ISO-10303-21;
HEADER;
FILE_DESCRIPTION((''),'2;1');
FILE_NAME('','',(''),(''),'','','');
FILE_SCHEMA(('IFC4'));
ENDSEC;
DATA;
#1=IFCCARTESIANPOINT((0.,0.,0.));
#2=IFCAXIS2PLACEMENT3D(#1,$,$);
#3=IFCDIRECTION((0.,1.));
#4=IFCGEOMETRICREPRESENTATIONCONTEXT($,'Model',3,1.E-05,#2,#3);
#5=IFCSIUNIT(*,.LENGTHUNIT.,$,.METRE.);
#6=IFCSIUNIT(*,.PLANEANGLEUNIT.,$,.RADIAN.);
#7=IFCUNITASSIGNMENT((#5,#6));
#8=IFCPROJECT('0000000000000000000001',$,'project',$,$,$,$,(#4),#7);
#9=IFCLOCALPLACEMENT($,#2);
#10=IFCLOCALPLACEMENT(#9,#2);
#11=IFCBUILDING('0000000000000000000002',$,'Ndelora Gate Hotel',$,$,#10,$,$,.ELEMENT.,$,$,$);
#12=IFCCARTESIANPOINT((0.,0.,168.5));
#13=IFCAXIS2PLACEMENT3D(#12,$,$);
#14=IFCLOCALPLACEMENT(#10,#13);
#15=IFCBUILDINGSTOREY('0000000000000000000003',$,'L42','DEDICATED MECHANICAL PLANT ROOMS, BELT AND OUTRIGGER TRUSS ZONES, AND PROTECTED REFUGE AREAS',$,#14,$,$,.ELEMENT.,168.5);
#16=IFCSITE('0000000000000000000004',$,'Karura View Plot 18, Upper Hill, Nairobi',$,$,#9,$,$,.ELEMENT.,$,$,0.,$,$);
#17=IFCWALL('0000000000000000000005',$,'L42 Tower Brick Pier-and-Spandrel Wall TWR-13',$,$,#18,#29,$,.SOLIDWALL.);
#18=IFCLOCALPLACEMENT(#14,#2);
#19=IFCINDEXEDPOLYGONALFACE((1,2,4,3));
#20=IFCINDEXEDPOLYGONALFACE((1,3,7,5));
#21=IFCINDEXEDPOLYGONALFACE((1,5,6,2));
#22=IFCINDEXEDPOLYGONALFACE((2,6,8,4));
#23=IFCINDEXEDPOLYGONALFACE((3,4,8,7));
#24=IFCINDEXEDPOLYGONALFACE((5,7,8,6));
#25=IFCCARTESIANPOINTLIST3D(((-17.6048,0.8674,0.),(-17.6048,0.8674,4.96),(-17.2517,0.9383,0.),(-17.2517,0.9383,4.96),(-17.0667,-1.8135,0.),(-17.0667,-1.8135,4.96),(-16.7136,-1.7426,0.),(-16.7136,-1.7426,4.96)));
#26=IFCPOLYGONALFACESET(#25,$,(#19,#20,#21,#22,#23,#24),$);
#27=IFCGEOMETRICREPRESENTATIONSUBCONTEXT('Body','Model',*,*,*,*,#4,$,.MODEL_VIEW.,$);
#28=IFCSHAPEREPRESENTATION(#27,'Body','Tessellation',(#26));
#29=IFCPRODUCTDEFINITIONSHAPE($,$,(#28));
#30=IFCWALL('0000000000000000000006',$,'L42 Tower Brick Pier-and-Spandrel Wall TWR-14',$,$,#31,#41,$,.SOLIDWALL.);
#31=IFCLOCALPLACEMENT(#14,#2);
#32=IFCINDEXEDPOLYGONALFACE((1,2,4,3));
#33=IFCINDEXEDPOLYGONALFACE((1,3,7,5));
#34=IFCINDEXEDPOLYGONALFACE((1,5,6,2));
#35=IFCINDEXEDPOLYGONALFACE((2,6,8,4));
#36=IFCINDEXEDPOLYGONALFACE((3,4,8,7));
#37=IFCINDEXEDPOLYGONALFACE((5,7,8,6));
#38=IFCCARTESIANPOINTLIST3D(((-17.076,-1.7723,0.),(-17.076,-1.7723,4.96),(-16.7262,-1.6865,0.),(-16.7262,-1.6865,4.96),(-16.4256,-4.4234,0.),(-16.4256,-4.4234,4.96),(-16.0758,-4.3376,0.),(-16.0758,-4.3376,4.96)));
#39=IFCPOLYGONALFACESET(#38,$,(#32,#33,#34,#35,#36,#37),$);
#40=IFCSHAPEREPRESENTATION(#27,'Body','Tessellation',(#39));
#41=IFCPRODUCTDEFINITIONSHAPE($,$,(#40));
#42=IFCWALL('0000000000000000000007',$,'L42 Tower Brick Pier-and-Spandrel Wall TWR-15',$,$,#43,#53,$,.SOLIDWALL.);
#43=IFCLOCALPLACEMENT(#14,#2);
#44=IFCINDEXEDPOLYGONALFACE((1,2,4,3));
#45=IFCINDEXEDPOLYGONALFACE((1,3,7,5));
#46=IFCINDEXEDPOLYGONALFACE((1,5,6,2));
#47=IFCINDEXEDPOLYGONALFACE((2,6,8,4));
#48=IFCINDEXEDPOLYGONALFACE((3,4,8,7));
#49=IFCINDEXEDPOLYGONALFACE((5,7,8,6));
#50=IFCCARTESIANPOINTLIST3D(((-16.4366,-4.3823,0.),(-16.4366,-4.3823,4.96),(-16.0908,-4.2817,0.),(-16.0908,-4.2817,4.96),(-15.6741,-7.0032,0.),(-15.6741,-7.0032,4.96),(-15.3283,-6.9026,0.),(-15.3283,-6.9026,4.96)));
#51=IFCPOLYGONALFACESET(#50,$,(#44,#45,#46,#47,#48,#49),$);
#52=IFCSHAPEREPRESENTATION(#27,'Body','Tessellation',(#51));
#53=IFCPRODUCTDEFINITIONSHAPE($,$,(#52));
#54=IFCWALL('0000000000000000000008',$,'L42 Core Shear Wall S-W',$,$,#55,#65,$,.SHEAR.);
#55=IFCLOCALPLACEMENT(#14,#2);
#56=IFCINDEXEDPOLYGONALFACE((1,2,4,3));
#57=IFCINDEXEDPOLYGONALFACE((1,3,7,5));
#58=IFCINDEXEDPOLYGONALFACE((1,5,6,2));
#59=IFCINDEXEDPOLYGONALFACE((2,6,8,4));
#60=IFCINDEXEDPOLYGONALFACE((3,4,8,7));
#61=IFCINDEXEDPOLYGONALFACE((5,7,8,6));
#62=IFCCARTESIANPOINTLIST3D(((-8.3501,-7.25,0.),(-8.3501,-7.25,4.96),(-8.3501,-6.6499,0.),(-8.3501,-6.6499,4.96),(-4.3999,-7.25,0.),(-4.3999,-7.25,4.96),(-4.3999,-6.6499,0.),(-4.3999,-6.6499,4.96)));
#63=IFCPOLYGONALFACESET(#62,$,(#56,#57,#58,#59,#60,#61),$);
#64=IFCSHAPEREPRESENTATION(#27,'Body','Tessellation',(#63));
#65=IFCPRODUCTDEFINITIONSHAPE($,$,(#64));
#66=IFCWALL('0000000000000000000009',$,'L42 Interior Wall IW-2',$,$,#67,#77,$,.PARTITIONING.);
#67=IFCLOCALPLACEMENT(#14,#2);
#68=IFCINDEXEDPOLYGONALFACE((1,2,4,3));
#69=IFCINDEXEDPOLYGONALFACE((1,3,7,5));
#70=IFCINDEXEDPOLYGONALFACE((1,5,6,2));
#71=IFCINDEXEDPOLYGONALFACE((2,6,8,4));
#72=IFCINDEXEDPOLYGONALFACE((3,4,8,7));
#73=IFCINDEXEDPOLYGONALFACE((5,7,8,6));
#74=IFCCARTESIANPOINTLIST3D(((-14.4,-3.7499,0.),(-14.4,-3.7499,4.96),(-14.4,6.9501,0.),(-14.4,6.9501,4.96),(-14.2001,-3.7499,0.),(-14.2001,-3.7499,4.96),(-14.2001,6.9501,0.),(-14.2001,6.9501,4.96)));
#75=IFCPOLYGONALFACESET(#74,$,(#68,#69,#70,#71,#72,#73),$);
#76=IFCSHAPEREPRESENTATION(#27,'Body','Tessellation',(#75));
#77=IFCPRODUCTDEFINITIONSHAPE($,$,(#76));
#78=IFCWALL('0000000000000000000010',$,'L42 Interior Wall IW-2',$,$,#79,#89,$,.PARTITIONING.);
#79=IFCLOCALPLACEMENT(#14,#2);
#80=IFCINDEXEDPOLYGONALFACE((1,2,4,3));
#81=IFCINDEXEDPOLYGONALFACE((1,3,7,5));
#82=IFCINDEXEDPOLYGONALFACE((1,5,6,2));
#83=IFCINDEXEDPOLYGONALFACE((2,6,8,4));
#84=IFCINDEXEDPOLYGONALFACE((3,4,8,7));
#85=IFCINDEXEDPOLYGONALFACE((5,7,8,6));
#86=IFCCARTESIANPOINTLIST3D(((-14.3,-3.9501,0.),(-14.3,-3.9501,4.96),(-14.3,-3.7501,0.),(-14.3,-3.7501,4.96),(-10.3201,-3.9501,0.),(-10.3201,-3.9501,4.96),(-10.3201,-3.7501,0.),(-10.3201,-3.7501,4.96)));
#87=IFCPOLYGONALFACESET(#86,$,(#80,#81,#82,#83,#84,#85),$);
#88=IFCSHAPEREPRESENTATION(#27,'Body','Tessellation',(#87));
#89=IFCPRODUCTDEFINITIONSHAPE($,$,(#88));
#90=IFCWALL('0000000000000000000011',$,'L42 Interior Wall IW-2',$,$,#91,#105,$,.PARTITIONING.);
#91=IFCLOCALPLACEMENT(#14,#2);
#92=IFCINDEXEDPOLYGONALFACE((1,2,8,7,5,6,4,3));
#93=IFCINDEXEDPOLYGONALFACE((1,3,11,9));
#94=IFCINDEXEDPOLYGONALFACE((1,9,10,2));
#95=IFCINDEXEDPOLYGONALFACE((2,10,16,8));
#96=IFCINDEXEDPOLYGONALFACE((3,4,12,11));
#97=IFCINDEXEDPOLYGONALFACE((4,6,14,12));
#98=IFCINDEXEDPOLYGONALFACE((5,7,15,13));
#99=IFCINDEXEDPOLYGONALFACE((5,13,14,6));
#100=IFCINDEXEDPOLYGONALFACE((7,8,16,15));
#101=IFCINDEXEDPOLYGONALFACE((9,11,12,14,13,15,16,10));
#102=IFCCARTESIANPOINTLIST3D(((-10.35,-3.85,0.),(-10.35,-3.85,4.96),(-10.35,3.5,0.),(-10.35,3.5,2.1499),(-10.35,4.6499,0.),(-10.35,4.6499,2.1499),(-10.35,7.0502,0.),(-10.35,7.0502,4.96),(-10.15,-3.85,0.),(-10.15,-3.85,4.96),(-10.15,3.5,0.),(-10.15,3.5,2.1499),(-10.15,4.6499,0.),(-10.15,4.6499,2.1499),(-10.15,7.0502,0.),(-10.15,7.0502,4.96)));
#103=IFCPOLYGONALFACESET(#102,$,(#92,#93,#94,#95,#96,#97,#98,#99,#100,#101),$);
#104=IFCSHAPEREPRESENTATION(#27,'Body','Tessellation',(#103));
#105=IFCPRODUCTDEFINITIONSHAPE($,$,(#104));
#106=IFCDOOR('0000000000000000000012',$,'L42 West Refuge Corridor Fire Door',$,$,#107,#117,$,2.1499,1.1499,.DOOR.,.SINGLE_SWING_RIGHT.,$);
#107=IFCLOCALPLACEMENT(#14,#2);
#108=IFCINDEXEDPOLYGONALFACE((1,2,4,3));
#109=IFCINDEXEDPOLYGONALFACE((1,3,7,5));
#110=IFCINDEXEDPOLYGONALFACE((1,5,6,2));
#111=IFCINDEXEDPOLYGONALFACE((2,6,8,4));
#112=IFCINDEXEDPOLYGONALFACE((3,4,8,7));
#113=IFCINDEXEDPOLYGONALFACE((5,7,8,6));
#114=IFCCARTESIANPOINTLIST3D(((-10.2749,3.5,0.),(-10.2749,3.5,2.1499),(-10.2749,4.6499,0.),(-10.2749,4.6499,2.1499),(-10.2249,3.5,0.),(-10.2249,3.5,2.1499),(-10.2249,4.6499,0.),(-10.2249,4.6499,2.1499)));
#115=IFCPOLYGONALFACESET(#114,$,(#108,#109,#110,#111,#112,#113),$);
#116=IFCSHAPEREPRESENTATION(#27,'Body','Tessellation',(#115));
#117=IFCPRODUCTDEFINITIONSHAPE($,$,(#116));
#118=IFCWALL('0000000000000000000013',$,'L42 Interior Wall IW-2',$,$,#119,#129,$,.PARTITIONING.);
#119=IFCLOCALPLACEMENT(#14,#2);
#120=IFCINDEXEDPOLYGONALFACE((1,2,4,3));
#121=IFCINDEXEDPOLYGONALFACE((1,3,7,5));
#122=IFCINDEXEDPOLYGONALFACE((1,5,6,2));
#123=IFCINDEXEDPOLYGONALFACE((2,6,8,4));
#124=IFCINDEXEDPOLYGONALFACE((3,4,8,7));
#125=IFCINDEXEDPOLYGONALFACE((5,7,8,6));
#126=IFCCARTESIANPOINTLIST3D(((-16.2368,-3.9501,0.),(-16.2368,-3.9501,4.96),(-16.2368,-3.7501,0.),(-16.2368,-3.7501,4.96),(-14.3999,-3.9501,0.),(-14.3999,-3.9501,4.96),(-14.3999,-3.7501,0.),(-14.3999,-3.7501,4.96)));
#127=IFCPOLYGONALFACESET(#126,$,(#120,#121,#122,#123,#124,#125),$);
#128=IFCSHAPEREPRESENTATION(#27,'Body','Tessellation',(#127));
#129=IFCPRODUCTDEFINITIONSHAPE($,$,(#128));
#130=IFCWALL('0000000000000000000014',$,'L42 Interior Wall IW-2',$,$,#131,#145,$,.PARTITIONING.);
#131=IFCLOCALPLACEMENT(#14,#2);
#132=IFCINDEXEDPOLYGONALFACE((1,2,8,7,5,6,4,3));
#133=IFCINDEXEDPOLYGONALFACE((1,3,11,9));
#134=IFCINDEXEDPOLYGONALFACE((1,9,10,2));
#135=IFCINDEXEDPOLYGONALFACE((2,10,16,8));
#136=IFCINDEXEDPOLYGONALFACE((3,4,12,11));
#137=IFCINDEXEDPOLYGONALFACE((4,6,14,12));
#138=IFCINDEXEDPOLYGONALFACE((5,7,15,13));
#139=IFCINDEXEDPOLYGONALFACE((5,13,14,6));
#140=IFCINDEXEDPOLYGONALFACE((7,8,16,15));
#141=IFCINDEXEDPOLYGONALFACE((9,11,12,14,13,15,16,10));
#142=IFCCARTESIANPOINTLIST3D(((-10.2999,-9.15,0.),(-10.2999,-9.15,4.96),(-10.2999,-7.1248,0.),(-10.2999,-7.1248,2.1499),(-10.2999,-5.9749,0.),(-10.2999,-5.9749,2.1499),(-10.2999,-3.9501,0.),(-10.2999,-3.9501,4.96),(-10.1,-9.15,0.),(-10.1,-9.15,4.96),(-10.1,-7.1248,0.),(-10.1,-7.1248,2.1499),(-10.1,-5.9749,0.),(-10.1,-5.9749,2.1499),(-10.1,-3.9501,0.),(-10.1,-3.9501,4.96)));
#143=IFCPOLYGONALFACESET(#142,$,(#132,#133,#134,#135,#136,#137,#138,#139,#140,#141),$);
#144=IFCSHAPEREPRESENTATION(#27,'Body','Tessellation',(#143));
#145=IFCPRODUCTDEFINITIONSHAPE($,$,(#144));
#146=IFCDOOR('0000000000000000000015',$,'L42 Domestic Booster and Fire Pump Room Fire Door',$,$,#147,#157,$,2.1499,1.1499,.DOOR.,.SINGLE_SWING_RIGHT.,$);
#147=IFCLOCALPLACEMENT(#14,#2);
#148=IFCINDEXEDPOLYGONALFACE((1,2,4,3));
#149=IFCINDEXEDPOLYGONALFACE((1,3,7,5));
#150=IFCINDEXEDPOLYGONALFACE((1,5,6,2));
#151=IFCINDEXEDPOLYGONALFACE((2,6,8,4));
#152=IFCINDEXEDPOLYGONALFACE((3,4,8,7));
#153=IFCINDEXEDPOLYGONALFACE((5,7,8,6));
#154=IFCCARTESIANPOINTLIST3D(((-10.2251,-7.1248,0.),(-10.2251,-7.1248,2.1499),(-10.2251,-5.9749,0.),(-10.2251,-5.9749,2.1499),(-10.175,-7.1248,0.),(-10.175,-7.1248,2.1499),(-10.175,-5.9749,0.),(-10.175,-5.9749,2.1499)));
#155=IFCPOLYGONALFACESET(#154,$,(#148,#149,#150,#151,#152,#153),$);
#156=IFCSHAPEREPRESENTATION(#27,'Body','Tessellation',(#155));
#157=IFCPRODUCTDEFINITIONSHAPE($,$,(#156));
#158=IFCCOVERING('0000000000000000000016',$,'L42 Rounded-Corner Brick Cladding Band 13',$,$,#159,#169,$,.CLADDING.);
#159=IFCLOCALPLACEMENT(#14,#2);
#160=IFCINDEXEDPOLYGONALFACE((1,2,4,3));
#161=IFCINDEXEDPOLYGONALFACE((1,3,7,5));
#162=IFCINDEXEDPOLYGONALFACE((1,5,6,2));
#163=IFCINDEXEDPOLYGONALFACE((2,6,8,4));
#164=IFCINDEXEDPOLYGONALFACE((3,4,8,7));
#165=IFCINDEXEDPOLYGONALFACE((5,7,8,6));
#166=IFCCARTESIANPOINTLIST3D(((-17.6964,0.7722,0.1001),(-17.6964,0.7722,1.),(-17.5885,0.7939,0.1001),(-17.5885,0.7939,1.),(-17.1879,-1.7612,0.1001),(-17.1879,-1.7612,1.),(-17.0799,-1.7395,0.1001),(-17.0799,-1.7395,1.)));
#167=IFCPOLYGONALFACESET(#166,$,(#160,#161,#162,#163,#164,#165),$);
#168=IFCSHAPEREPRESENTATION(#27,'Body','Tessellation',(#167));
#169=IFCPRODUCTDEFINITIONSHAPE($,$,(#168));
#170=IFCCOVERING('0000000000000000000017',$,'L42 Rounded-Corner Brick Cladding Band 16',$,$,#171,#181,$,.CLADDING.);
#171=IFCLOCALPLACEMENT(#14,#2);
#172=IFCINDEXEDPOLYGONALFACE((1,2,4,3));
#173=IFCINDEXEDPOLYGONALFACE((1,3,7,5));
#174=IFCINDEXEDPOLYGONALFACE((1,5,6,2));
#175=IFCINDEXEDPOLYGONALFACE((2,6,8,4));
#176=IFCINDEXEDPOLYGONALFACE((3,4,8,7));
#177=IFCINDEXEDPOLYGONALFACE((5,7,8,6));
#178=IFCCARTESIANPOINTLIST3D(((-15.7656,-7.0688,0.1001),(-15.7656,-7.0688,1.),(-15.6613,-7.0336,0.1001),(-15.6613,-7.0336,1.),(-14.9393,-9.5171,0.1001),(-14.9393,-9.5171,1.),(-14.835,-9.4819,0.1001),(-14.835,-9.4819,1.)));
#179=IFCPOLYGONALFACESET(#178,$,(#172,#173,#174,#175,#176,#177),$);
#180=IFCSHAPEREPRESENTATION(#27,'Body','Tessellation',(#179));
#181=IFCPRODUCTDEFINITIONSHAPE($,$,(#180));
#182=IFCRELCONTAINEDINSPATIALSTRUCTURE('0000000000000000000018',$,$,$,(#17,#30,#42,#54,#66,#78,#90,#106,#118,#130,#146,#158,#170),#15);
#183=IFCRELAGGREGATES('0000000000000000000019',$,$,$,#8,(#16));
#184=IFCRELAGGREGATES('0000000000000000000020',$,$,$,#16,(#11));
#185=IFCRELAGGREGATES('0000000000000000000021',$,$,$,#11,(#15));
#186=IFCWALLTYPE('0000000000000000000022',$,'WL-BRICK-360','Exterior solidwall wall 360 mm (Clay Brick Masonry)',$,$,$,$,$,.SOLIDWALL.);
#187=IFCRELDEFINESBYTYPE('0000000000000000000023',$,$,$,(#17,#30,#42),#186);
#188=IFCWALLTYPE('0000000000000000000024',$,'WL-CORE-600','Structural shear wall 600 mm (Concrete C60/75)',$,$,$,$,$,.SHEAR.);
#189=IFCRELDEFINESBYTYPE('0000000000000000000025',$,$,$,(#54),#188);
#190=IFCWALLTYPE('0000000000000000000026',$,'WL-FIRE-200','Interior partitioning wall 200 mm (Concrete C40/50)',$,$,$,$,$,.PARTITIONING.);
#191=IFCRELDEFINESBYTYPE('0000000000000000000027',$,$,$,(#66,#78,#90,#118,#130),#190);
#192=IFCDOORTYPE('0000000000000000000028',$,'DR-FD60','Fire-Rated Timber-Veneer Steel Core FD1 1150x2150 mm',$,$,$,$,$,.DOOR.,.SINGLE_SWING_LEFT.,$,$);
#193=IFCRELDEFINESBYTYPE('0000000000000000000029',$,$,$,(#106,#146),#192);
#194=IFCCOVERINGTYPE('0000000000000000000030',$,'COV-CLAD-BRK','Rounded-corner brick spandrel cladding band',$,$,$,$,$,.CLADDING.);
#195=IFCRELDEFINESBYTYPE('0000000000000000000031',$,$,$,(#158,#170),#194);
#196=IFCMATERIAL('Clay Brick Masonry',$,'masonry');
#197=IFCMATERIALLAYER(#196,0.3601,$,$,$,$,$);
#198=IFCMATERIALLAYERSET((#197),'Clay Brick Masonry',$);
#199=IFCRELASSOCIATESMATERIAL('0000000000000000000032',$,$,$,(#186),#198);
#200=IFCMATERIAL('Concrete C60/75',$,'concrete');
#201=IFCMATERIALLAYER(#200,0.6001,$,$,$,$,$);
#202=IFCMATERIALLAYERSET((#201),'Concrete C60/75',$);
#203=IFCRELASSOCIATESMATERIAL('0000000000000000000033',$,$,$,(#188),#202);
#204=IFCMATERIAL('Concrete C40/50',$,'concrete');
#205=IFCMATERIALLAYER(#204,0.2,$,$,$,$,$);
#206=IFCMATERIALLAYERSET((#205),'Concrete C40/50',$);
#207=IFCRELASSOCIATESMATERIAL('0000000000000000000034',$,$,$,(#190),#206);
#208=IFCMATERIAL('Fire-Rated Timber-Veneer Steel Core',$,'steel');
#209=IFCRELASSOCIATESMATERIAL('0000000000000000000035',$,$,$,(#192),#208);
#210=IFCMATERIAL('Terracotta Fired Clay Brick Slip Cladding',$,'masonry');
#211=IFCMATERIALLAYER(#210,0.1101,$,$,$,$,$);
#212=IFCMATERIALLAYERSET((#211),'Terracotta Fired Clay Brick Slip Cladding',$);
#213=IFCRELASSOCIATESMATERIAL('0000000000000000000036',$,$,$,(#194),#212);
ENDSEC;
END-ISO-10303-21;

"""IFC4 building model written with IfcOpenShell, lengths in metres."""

from ifc_helpers import new_model, si_unit, direction, frame, frame_2d, origin, origin_2d, place, context, subcontext, project, spatial, rectangle, extrude, material, layer, layer_set, type_object, element, fill, save


model = new_model("IFC4")

# Units and contexts
model_context = context("Model", 3, precision=1e-05, world=origin(), true_north=direction((0.0, 1.0)))
body_context = subcontext(model_context, "Body", "Model", "MODEL_VIEW")
ifc_project = project(units=[si_unit("LENGTHUNIT", "METRE"), si_unit("PLANEANGLEUNIT", "RADIAN")], contexts=[model_context])

# Site, building, storey
site_placement = place(None, origin())
site = spatial("IfcSite", under=ifc_project, at=site_placement, Name="Karura View Plot 18, Upper Hill, Nairobi", CompositionType="ELEMENT", RefElevation=0.0)
building_placement = place(site_placement, origin())
building = spatial("IfcBuilding", under=site, at=building_placement, Name="Ndelora Gate Hotel", CompositionType="ELEMENT")
storey_placement = place(building_placement, frame((0.0, 0.0, 168.5)))
storey = spatial("IfcBuildingStorey", under=building, at=storey_placement, Name="L42", Description="DEDICATED MECHANICAL PLANT ROOMS, BELT AND OUTRIGGER TRUSS ZONES, AND PROTECTED REFUGE AREAS", CompositionType="ELEMENT", Elevation=168.5)

# Shared definitions
ifc_material_1 = material(Name="Concrete C60/75", Category="concrete")

# Walls
ifc_material_2 = material(Name="Clay Brick Masonry", Category="masonry")
ifc_layer_1 = layer(ifc_material_2, 0.3601)
ifc_layer_set_1 = layer_set([ifc_layer_1], Name="Clay Brick Masonry")
wall_type_1 = type_object("IfcWallType", Name="WL-BRICK-360", Description="Exterior solidwall wall 360 mm (Clay Brick Masonry)", PredefinedType="SOLIDWALL", material=ifc_layer_set_1)
wall_1_placement = place(storey_placement, frame((-16.8901, -1.7781, 0.0), z_axis=(0.0, 0.0, 1.0), x_axis=(-0.196786, 0.980447, 0.0)))
element("IfcWall", 1, at=wall_1_placement, inside=storey, type_object=wall_type_1, Name="L42 Tower Brick Pier-and-Spandrel Wall TWR-13", PredefinedType="SOLIDWALL", context=body_context, shape_type="SweptSolid", body=[
    extrude(rectangle(XDim=2.7344, YDim=0.3601, at=frame_2d((1.3672, 0.0))), origin(), (0.0, 0.0, 1.0), 4.96),
])
wall_2_placement = place(storey_placement, frame((-16.2507, -4.3804, 0.0), z_axis=(0.0, 0.0, 1.0), x_axis=(-0.238261, 0.971201, 0.0)))
element("IfcWall", 2, at=wall_2_placement, inside=storey, type_object=wall_type_1, Name="L42 Tower Brick Pier-and-Spandrel Wall TWR-14", PredefinedType="SOLIDWALL", context=body_context, shape_type="SweptSolid", body=[
    extrude(rectangle(XDim=2.7297, YDim=0.3601, at=frame_2d((1.3647, 0.0))), origin(), (0.0, 0.0, 1.0), 4.96),
])
wall_3_placement = place(storey_placement, frame((-15.5012, -6.9529, 0.0), z_axis=(0.0, 0.0, 1.0), x_axis=(-0.279337, 0.960193, 0.0)))
element("IfcWall", 3, at=wall_3_placement, inside=storey, type_object=wall_type_1, Name="L42 Tower Brick Pier-and-Spandrel Wall TWR-15", PredefinedType="SOLIDWALL", context=body_context, shape_type="SweptSolid", body=[
    extrude(rectangle(XDim=2.7295, YDim=0.3601, at=frame_2d((1.3647, 0.0))), origin(), (0.0, 0.0, 1.0), 4.96),
])
ifc_layer_2 = layer(ifc_material_1, 0.6001)
ifc_layer_set_2 = layer_set([ifc_layer_2], Name="Concrete C60/75")
wall_type_2 = type_object("IfcWallType", Name="WL-CORE-600", Description="Structural shear wall 600 mm (Concrete C60/75)", PredefinedType="SHEAR", material=ifc_layer_set_2)
wall_4_placement = place(storey_placement, frame((-8.3501, -6.95, 0.0), z_axis=(0.0, 0.0, 1.0), x_axis=(1.0, 0.0, 0.0)))
element("IfcWall", 4, at=wall_4_placement, inside=storey, type_object=wall_type_2, Name="L42 Core Shear Wall S-W", PredefinedType="SHEAR", context=body_context, shape_type="SweptSolid", body=[
    extrude(rectangle(XDim=3.9502, YDim=0.6001, at=frame_2d((1.9751, 0.0))), origin(), (0.0, 0.0, 1.0), 4.96),
])
ifc_material_3 = material(Name="Concrete C40/50", Category="concrete")
ifc_layer_3 = layer(ifc_material_3, 0.2)
ifc_layer_set_3 = layer_set([ifc_layer_3], Name="Concrete C40/50")
wall_type_3 = type_object("IfcWallType", Name="WL-FIRE-200", Description="Interior partitioning wall 200 mm (Concrete C40/50)", PredefinedType="PARTITIONING", material=ifc_layer_set_3)
wall_5_placement = place(storey_placement, frame((-14.3, -3.75, 0.0), z_axis=(0.0, 0.0, 1.0), x_axis=(0.0, 1.0, 0.0)))
element("IfcWall", 5, at=wall_5_placement, inside=storey, type_object=wall_type_3, Name="L42 Interior Wall IW-2", PredefinedType="PARTITIONING", context=body_context, shape_type="SweptSolid", body=[
    extrude(rectangle(XDim=10.7, YDim=0.2, at=frame_2d((5.3501, 0.0))), origin(), (0.0, 0.0, 1.0), 4.96),
])
wall_6_placement = place(storey_placement, frame((-14.3, -3.8501, 0.0), z_axis=(0.0, 0.0, 1.0), x_axis=(1.0, 0.0, 0.0)))
element("IfcWall", 6, at=wall_6_placement, inside=storey, type_object=wall_type_3, Name="L42 Interior Wall IW-2", PredefinedType="PARTITIONING", context=body_context, shape_type="SweptSolid", body=[
    extrude(rectangle(XDim=3.98, YDim=0.2, at=frame_2d((1.99, 0.0))), origin(), (0.0, 0.0, 1.0), 4.96),
])

# Wall, opening, door
wall_7_placement = place(storey_placement, frame((-10.25, -3.8501, 0.0), z_axis=(0.0, 0.0, 1.0), x_axis=(0.0, 1.0, 0.0)))
wall_7 = element("IfcWall", 7, at=wall_7_placement, inside=storey, type_object=wall_type_3, Name="L42 Interior Wall IW-2", PredefinedType="PARTITIONING", context=body_context, shape_type="SweptSolid", body=[
    extrude(rectangle(XDim=10.9001, YDim=0.2, at=frame_2d((5.4502, 0.0))), origin(), (0.0, 0.0, 1.0), 4.96),
])
opening_1_placement = place(wall_7_placement, frame((7.3501, 0.0, 0.0)))
opening_1 = element("IfcOpeningElement", 8, at=opening_1_placement, cuts=wall_7, PredefinedType="OPENING", context=body_context, shape_type="SweptSolid", body=[
    extrude(rectangle(XDim=1.1499, YDim=2.1499, at=frame_2d((0.575, 1.075))), frame((0.0, 0.1099, 0.0), z_axis=(0.0, -1.0, 0.0), x_axis=(1.0, 0.0, 0.0)), (0.0, 0.0, 1.0), 0.22),
])
ifc_material_4 = material(Name="Fire-Rated Timber-Veneer Steel Core", Category="steel")
door_type = type_object("IfcDoorType", Name="DR-FD60", Description="Fire-Rated Timber-Veneer Steel Core FD1 1150x2150 mm", OperationType="SINGLE_SWING_LEFT", PredefinedType="DOOR", material=ifc_material_4)
door_1_placement = place(opening_1_placement, origin())
door_1 = element("IfcDoor", 9, at=door_1_placement, inside=storey, type_object=door_type, Name="L42 West Refuge Corridor Fire Door", OperationType="SINGLE_SWING_RIGHT", OverallHeight=2.1499, OverallWidth=1.1499, PredefinedType="DOOR", context=body_context, shape_type="SweptSolid", body=[
    extrude(rectangle(XDim=1.1499, YDim=2.1499, at=frame_2d((0.575, 1.075))), frame((0.0, 0.0249, 0.0), z_axis=(0.0, -1.0, 0.0), x_axis=(1.0, 0.0, 0.0)), (0.0, 0.0, 1.0), 0.05),
])
fill(opening_1, door_1)

# Wall
wall_8_placement = place(storey_placement, frame((-14.3999, -3.8501, 0.0), z_axis=(0.0, 0.0, 1.0), x_axis=(-1.0, 0.0, 0.0)))
element("IfcWall", 10, at=wall_8_placement, inside=storey, type_object=wall_type_3, Name="L42 Interior Wall IW-2", PredefinedType="PARTITIONING", context=body_context, shape_type="SweptSolid", body=[
    extrude(rectangle(XDim=1.8369, YDim=0.2, at=frame_2d((0.9185, 0.0))), origin(), (0.0, 0.0, 1.0), 4.96),
])

# Wall, opening, door
wall_9_placement = place(storey_placement, frame((-10.2, -3.95, 0.0), z_axis=(0.0, 0.0, 1.0), x_axis=(0.0, -1.0, 0.0)))
wall_9 = element("IfcWall", 11, at=wall_9_placement, inside=storey, type_object=wall_type_3, Name="L42 Interior Wall IW-2", PredefinedType="PARTITIONING", context=body_context, shape_type="SweptSolid", body=[
    extrude(rectangle(XDim=5.2, YDim=0.2, at=frame_2d((2.6001, 0.0))), origin(), (0.0, 0.0, 1.0), 4.96),
])
opening_2_placement = place(wall_9_placement, frame((2.0249, 0.0, 0.0)))
opening_2 = element("IfcOpeningElement", 12, at=opening_2_placement, cuts=wall_9, PredefinedType="OPENING", context=body_context, shape_type="SweptSolid", body=[
    extrude(rectangle(XDim=1.1499, YDim=2.1499, at=frame_2d((0.575, 1.075))), frame((0.0, 0.1099, 0.0), z_axis=(0.0, -1.0, 0.0), x_axis=(1.0, 0.0, 0.0)), (0.0, 0.0, 1.0), 0.22),
])
door_2_placement = place(opening_2_placement, origin())
door_2 = element("IfcDoor", 13, at=door_2_placement, inside=storey, type_object=door_type, Name="L42 Domestic Booster and Fire Pump Room Fire Door", OperationType="SINGLE_SWING_RIGHT", OverallHeight=2.1499, OverallWidth=1.1499, PredefinedType="DOOR", context=body_context, shape_type="SweptSolid", body=[
    extrude(rectangle(XDim=1.1499, YDim=2.1499, at=frame_2d((0.575, 1.075))), frame((0.0, 0.0249, 0.0), z_axis=(0.0, -1.0, 0.0), x_axis=(1.0, 0.0, 0.0)), (0.0, 0.0, 1.0), 0.05),
])
fill(opening_2, door_2)

# Coverings
ifc_material_5 = material(Name="Terracotta Fired Clay Brick Slip Cladding", Category="masonry")
ifc_layer_4 = layer(ifc_material_5, 0.1101)
ifc_layer_set_4 = layer_set([ifc_layer_4], Name="Terracotta Fired Clay Brick Slip Cladding")
covering_type = type_object("IfcCoveringType", Name="COV-CLAD-BRK", Description="Rounded-corner brick spandrel cladding band", PredefinedType="CLADDING", material=ifc_layer_set_4)
for number, where, z_axis, x_axis, name in (
    (14, (-17.3882, -0.4836, 0.1001), (0.0, 0.0, 1.0), (-0.196802, 0.980443, 0.0), "L42 Rounded-Corner Brick Cladding Band 13"),
    (15, (-15.3003, -8.2754, 0.1001), (0.0, 0.0, 1.0), (-0.319786, 0.94749, 0.0), "L42 Rounded-Corner Brick Cladding Band 16"),
):
    element("IfcCovering", number, at=place(storey_placement, frame(where, z_axis=z_axis, x_axis=x_axis)), inside=storey, type_object=covering_type, Name=name, PredefinedType="CLADDING", context=body_context, shape_type="SweptSolid", body=[
        extrude(rectangle(XDim=2.584, YDim=0.1101, at=origin_2d()), origin(), (0.0, 0.0, 1.0), 0.8999),
    ])

save(model, "model.ifc")
